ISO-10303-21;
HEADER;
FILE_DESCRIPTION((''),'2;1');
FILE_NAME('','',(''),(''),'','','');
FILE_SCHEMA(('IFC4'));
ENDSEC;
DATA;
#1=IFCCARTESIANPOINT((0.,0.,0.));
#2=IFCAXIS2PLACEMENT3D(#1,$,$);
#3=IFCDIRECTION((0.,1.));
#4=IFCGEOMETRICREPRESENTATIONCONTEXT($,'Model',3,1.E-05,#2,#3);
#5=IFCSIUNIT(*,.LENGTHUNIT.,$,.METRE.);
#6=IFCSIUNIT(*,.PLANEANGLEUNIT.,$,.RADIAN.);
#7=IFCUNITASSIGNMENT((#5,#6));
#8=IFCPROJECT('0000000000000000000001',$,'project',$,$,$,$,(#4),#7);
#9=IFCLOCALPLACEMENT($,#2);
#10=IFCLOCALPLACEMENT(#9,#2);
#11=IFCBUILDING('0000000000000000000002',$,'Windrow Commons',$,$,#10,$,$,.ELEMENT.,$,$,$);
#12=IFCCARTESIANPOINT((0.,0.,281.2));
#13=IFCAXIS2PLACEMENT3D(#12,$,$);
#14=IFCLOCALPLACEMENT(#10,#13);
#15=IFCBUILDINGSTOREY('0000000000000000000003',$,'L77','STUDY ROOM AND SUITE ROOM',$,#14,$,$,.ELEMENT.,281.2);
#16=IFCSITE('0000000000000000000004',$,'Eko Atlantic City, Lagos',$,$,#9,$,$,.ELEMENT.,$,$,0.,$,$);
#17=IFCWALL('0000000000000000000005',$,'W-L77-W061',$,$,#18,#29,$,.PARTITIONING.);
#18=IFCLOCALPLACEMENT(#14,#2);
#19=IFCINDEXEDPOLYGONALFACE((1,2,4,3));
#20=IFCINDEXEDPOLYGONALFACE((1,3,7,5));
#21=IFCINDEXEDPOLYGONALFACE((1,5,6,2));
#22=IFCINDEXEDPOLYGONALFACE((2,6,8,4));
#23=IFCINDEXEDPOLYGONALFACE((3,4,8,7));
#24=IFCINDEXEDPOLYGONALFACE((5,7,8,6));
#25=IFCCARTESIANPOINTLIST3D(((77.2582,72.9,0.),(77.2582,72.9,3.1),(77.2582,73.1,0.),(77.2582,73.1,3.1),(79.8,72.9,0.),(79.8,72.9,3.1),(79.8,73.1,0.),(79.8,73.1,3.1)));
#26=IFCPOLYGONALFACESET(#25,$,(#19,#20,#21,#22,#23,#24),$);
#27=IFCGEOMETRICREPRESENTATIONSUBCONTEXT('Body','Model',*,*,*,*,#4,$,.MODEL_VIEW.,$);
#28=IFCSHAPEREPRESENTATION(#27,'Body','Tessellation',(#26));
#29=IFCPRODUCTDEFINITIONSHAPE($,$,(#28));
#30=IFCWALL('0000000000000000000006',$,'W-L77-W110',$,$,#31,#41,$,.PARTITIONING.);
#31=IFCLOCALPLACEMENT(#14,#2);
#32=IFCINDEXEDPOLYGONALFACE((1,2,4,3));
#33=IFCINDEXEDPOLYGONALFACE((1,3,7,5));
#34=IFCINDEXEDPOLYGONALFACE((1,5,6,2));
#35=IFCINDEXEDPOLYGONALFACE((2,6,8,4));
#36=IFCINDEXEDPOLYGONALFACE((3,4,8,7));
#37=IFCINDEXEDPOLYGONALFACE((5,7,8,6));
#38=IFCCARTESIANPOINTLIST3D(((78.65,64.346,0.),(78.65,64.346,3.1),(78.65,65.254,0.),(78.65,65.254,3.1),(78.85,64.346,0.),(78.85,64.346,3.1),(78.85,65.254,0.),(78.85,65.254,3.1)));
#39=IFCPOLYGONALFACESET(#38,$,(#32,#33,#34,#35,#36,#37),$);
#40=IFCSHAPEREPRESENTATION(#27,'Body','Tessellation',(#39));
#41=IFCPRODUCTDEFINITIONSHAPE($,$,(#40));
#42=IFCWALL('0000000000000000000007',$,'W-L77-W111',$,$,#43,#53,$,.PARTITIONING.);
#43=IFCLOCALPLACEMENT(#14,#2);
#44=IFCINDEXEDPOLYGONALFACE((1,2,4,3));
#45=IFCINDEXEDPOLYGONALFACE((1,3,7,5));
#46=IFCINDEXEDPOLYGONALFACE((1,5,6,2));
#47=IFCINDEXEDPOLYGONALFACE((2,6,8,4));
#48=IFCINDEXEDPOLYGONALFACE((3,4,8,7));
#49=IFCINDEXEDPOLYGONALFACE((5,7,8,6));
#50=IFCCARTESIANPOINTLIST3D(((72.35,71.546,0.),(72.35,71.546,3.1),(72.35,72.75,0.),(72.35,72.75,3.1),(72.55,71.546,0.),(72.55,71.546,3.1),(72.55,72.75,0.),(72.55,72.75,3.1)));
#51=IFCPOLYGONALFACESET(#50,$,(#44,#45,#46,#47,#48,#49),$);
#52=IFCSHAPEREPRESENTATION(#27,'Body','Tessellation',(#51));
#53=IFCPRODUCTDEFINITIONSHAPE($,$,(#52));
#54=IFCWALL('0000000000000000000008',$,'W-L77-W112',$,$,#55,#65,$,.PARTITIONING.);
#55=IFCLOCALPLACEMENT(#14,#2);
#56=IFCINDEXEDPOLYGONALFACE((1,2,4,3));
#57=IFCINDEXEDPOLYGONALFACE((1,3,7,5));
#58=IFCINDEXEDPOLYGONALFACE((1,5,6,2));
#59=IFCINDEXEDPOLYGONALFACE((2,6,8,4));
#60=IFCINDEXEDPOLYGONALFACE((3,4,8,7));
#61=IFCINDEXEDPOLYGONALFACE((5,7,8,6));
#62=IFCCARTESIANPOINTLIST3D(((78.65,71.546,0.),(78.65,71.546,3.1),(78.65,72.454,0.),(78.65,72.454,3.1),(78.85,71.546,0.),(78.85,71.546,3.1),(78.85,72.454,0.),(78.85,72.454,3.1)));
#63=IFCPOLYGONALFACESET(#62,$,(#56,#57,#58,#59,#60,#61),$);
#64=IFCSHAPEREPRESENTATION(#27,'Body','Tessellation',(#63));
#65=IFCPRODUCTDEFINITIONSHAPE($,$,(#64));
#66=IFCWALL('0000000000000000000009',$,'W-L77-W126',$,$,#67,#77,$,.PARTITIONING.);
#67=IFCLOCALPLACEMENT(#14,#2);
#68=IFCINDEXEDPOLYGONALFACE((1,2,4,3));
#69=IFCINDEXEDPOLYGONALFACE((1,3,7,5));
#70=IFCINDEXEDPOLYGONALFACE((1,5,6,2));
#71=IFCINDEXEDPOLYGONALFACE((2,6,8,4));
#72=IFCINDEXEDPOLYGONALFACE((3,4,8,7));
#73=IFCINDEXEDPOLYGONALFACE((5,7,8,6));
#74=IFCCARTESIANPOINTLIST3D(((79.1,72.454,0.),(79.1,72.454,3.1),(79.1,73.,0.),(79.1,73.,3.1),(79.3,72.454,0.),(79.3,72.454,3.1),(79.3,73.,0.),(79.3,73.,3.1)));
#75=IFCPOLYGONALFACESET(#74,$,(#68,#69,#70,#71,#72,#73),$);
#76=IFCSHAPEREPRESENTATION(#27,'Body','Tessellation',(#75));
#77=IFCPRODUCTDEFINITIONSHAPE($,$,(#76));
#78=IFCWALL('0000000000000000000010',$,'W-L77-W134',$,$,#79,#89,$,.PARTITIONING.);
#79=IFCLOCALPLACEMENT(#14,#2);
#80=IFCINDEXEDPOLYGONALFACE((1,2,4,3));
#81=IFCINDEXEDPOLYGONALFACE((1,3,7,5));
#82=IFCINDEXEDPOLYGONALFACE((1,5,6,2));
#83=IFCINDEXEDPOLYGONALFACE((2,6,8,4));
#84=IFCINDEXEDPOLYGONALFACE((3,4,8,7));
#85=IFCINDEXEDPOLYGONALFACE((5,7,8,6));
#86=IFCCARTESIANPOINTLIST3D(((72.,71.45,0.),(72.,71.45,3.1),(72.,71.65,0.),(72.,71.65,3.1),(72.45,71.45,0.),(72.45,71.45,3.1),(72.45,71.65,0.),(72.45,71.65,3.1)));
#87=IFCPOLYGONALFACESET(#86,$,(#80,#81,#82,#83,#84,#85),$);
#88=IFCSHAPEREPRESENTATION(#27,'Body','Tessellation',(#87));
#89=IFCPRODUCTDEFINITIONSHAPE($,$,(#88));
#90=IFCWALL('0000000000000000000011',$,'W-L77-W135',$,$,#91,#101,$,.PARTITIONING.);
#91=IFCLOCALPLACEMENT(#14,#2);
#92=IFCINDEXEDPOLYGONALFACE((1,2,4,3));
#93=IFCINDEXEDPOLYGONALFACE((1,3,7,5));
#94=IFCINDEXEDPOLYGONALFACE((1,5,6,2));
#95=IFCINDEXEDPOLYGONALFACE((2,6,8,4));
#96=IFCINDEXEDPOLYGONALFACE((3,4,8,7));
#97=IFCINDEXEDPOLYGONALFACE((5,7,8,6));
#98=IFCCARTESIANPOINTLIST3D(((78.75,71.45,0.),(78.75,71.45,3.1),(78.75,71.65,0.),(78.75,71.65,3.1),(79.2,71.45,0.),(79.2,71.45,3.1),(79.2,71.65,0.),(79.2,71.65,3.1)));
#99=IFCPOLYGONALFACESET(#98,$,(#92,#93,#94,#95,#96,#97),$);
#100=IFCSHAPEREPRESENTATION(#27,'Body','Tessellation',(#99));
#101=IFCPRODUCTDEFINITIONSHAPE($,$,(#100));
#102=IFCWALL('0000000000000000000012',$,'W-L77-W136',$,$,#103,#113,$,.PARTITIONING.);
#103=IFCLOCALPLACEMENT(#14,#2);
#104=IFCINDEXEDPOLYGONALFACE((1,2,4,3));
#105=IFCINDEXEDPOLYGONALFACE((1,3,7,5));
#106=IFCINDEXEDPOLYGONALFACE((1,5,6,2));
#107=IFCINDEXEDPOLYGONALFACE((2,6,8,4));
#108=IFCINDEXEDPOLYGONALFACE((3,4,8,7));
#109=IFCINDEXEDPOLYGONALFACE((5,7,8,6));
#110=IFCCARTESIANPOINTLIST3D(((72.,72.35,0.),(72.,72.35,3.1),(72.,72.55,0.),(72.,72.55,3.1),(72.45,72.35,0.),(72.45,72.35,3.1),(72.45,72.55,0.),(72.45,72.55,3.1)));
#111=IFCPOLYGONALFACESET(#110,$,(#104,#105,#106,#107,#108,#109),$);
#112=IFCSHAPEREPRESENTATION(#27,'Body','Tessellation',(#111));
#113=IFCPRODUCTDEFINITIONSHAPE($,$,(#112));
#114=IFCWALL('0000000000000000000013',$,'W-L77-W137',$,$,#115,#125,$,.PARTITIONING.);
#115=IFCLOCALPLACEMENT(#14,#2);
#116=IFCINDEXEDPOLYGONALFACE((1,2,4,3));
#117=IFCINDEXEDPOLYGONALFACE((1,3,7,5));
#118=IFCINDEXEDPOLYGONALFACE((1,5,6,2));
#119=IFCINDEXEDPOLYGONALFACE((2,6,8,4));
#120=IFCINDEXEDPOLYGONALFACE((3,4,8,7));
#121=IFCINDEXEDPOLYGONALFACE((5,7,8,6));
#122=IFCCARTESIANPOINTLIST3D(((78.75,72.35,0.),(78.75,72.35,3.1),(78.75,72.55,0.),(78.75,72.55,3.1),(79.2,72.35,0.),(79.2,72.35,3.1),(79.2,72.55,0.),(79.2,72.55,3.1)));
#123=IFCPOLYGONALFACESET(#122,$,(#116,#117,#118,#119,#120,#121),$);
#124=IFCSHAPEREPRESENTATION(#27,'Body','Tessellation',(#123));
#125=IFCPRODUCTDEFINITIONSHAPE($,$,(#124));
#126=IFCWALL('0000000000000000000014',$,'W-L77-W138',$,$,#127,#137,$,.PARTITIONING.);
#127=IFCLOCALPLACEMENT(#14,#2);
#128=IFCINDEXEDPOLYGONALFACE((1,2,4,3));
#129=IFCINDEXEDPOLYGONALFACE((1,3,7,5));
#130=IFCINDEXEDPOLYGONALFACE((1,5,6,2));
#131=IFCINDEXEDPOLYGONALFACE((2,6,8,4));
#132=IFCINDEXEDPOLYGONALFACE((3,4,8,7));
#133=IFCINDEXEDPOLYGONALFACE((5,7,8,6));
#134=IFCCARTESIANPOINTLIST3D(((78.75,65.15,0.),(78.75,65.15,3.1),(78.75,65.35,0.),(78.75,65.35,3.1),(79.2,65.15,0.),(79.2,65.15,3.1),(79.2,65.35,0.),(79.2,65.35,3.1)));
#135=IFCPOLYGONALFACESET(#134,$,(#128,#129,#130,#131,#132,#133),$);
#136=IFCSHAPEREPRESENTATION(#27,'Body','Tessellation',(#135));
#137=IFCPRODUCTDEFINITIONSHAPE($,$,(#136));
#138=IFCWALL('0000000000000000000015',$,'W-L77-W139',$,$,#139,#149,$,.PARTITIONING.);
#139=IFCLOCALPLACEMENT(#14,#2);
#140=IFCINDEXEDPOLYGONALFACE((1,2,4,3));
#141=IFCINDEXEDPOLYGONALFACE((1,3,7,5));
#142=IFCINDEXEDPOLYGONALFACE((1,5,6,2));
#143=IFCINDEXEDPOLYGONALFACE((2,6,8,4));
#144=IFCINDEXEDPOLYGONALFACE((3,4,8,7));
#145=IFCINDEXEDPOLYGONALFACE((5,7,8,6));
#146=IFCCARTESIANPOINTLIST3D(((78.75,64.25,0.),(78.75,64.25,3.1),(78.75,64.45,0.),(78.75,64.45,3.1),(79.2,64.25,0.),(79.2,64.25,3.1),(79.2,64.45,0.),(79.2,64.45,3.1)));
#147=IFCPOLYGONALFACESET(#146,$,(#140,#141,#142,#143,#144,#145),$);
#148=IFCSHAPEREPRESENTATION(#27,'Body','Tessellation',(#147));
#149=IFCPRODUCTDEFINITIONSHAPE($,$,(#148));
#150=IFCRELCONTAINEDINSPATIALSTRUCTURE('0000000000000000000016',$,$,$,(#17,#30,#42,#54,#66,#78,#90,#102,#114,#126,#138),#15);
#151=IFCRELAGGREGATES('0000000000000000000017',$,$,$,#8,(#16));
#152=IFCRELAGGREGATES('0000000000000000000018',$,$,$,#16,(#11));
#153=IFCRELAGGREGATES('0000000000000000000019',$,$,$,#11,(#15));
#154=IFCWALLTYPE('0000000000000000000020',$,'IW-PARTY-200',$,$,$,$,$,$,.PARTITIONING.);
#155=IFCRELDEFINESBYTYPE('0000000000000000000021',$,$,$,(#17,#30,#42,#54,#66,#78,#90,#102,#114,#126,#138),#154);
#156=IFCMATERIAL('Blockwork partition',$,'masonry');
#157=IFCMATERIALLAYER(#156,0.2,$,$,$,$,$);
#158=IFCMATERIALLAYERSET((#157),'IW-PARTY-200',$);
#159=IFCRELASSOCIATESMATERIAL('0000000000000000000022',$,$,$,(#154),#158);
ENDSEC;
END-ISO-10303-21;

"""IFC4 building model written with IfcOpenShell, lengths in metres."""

from ifc_helpers import new_model, si_unit, direction, frame, frame_2d, origin, place, context, subcontext, project, spatial, rectangle, extrude, material, layer, layer_set, type_object, element, save


model = new_model("IFC4")

# Units and contexts
model_context = context("Model", 3, precision=1e-05, world=origin(), true_north=direction((0.0, 1.0)))
body_context = subcontext(model_context, "Body", "Model", "MODEL_VIEW")
ifc_project = project(units=[si_unit("LENGTHUNIT", "METRE"), si_unit("PLANEANGLEUNIT", "RADIAN")], contexts=[model_context])

# Site, building, storey
site_placement = place(None, origin())
site = spatial("IfcSite", under=ifc_project, at=site_placement, Name="Eko Atlantic City, Lagos", CompositionType="ELEMENT", RefElevation=0.0)
building_placement = place(site_placement, origin())
building = spatial("IfcBuilding", under=site, at=building_placement, Name="Windrow Commons", CompositionType="ELEMENT")
storey_placement = place(building_placement, frame((0.0, 0.0, 281.2)))
storey = spatial("IfcBuildingStorey", under=building, at=storey_placement, Name="L77", Description="STUDY ROOM AND SUITE ROOM", CompositionType="ELEMENT", Elevation=281.2)

# Walls
ifc_material_1 = material(Name="Blockwork partition", Category="masonry")
ifc_layer_1 = layer(ifc_material_1, 0.2)
ifc_layer_set_1 = layer_set([ifc_layer_1], Name="IW-PARTY-200")
wall_type_1 = type_object("IfcWallType", Name="IW-PARTY-200", PredefinedType="PARTITIONING", material=ifc_layer_set_1)
wall_1_placement = place(storey_placement, frame((77.2582, 73.0, 0.0), z_axis=(0.0, 0.0, 1.0), x_axis=(1.0, 0.0, 0.0)))
element("IfcWall", 1, at=wall_1_placement, inside=storey, type_object=wall_type_1, Name="W-L77-W061", PredefinedType="PARTITIONING", context=body_context, shape_type="SweptSolid", body=[
    extrude(rectangle(XDim=2.5418, YDim=0.2, at=frame_2d((1.2709, 0.0))), origin(), (0.0, 0.0, 1.0), 3.1),
])
wall_2_placement = place(storey_placement, frame((78.75, 64.346, 0.0), z_axis=(0.0, 0.0, 1.0), x_axis=(0.0, 1.0, 0.0)))
element("IfcWall", 2, at=wall_2_placement, inside=storey, type_object=wall_type_1, Name="W-L77-W110", PredefinedType="PARTITIONING", context=body_context, shape_type="SweptSolid", body=[
    extrude(rectangle(XDim=0.908, YDim=0.2, at=frame_2d((0.454, 0.0))), origin(), (0.0, 0.0, 1.0), 3.1),
])
wall_3_placement = place(storey_placement, frame((72.45, 71.546, 0.0), z_axis=(0.0, 0.0, 1.0), x_axis=(0.0, 1.0, 0.0)))
element("IfcWall", 3, at=wall_3_placement, inside=storey, type_object=wall_type_1, Name="W-L77-W111", PredefinedType="PARTITIONING", context=body_context, shape_type="SweptSolid", body=[
    extrude(rectangle(XDim=1.204, YDim=0.2, at=frame_2d((0.602, 0.0))), origin(), (0.0, 0.0, 1.0), 3.1),
])
wall_4_placement = place(storey_placement, frame((78.75, 71.546, 0.0), z_axis=(0.0, 0.0, 1.0), x_axis=(0.0, 1.0, 0.0)))
element("IfcWall", 4, at=wall_4_placement, inside=storey, type_object=wall_type_1, Name="W-L77-W112", PredefinedType="PARTITIONING", context=body_context, shape_type="SweptSolid", body=[
    extrude(rectangle(XDim=0.908, YDim=0.2, at=frame_2d((0.454, 0.0))), origin(), (0.0, 0.0, 1.0), 3.1),
])
wall_5_placement = place(storey_placement, frame((79.2, 72.454, 0.0), z_axis=(0.0, 0.0, 1.0), x_axis=(0.0, 1.0, 0.0)))
element("IfcWall", 5, at=wall_5_placement, inside=storey, type_object=wall_type_1, Name="W-L77-W126", PredefinedType="PARTITIONING", context=body_context, shape_type="SweptSolid", body=[
    extrude(rectangle(XDim=0.546, YDim=0.2, at=frame_2d((0.273, 0.0))), origin(), (0.0, 0.0, 1.0), 3.1),
])
for number, where, z_axis, x_axis, name in (
    (6, (72.0, 71.55, 0.0), (0.0, 0.0, 1.0), (1.0, 0.0, 0.0), "W-L77-W134"),
    (7, (78.75, 71.55, 0.0), (0.0, 0.0, 1.0), (1.0, 0.0, 0.0), "W-L77-W135"),
    (8, (72.0, 72.45, 0.0), (0.0, 0.0, 1.0), (1.0, 0.0, 0.0), "W-L77-W136"),
    (9, (78.75, 72.45, 0.0), (0.0, 0.0, 1.0), (1.0, 0.0, 0.0), "W-L77-W137"),
    (10, (78.75, 65.25, 0.0), (0.0, 0.0, 1.0), (1.0, 0.0, 0.0), "W-L77-W138"),
    (11, (78.75, 64.35, 0.0), (0.0, 0.0, 1.0), (1.0, 0.0, 0.0), "W-L77-W139"),
):
    element("IfcWall", number, at=place(storey_placement, frame(where, z_axis=z_axis, x_axis=x_axis)), inside=storey, type_object=wall_type_1, Name=name, PredefinedType="PARTITIONING", context=body_context, shape_type="SweptSolid", body=[
        extrude(rectangle(XDim=0.45, YDim=0.2, at=frame_2d((0.225, 0.0))), origin(), (0.0, 0.0, 1.0), 3.1),
    ])

save(model, "model.ifc")
